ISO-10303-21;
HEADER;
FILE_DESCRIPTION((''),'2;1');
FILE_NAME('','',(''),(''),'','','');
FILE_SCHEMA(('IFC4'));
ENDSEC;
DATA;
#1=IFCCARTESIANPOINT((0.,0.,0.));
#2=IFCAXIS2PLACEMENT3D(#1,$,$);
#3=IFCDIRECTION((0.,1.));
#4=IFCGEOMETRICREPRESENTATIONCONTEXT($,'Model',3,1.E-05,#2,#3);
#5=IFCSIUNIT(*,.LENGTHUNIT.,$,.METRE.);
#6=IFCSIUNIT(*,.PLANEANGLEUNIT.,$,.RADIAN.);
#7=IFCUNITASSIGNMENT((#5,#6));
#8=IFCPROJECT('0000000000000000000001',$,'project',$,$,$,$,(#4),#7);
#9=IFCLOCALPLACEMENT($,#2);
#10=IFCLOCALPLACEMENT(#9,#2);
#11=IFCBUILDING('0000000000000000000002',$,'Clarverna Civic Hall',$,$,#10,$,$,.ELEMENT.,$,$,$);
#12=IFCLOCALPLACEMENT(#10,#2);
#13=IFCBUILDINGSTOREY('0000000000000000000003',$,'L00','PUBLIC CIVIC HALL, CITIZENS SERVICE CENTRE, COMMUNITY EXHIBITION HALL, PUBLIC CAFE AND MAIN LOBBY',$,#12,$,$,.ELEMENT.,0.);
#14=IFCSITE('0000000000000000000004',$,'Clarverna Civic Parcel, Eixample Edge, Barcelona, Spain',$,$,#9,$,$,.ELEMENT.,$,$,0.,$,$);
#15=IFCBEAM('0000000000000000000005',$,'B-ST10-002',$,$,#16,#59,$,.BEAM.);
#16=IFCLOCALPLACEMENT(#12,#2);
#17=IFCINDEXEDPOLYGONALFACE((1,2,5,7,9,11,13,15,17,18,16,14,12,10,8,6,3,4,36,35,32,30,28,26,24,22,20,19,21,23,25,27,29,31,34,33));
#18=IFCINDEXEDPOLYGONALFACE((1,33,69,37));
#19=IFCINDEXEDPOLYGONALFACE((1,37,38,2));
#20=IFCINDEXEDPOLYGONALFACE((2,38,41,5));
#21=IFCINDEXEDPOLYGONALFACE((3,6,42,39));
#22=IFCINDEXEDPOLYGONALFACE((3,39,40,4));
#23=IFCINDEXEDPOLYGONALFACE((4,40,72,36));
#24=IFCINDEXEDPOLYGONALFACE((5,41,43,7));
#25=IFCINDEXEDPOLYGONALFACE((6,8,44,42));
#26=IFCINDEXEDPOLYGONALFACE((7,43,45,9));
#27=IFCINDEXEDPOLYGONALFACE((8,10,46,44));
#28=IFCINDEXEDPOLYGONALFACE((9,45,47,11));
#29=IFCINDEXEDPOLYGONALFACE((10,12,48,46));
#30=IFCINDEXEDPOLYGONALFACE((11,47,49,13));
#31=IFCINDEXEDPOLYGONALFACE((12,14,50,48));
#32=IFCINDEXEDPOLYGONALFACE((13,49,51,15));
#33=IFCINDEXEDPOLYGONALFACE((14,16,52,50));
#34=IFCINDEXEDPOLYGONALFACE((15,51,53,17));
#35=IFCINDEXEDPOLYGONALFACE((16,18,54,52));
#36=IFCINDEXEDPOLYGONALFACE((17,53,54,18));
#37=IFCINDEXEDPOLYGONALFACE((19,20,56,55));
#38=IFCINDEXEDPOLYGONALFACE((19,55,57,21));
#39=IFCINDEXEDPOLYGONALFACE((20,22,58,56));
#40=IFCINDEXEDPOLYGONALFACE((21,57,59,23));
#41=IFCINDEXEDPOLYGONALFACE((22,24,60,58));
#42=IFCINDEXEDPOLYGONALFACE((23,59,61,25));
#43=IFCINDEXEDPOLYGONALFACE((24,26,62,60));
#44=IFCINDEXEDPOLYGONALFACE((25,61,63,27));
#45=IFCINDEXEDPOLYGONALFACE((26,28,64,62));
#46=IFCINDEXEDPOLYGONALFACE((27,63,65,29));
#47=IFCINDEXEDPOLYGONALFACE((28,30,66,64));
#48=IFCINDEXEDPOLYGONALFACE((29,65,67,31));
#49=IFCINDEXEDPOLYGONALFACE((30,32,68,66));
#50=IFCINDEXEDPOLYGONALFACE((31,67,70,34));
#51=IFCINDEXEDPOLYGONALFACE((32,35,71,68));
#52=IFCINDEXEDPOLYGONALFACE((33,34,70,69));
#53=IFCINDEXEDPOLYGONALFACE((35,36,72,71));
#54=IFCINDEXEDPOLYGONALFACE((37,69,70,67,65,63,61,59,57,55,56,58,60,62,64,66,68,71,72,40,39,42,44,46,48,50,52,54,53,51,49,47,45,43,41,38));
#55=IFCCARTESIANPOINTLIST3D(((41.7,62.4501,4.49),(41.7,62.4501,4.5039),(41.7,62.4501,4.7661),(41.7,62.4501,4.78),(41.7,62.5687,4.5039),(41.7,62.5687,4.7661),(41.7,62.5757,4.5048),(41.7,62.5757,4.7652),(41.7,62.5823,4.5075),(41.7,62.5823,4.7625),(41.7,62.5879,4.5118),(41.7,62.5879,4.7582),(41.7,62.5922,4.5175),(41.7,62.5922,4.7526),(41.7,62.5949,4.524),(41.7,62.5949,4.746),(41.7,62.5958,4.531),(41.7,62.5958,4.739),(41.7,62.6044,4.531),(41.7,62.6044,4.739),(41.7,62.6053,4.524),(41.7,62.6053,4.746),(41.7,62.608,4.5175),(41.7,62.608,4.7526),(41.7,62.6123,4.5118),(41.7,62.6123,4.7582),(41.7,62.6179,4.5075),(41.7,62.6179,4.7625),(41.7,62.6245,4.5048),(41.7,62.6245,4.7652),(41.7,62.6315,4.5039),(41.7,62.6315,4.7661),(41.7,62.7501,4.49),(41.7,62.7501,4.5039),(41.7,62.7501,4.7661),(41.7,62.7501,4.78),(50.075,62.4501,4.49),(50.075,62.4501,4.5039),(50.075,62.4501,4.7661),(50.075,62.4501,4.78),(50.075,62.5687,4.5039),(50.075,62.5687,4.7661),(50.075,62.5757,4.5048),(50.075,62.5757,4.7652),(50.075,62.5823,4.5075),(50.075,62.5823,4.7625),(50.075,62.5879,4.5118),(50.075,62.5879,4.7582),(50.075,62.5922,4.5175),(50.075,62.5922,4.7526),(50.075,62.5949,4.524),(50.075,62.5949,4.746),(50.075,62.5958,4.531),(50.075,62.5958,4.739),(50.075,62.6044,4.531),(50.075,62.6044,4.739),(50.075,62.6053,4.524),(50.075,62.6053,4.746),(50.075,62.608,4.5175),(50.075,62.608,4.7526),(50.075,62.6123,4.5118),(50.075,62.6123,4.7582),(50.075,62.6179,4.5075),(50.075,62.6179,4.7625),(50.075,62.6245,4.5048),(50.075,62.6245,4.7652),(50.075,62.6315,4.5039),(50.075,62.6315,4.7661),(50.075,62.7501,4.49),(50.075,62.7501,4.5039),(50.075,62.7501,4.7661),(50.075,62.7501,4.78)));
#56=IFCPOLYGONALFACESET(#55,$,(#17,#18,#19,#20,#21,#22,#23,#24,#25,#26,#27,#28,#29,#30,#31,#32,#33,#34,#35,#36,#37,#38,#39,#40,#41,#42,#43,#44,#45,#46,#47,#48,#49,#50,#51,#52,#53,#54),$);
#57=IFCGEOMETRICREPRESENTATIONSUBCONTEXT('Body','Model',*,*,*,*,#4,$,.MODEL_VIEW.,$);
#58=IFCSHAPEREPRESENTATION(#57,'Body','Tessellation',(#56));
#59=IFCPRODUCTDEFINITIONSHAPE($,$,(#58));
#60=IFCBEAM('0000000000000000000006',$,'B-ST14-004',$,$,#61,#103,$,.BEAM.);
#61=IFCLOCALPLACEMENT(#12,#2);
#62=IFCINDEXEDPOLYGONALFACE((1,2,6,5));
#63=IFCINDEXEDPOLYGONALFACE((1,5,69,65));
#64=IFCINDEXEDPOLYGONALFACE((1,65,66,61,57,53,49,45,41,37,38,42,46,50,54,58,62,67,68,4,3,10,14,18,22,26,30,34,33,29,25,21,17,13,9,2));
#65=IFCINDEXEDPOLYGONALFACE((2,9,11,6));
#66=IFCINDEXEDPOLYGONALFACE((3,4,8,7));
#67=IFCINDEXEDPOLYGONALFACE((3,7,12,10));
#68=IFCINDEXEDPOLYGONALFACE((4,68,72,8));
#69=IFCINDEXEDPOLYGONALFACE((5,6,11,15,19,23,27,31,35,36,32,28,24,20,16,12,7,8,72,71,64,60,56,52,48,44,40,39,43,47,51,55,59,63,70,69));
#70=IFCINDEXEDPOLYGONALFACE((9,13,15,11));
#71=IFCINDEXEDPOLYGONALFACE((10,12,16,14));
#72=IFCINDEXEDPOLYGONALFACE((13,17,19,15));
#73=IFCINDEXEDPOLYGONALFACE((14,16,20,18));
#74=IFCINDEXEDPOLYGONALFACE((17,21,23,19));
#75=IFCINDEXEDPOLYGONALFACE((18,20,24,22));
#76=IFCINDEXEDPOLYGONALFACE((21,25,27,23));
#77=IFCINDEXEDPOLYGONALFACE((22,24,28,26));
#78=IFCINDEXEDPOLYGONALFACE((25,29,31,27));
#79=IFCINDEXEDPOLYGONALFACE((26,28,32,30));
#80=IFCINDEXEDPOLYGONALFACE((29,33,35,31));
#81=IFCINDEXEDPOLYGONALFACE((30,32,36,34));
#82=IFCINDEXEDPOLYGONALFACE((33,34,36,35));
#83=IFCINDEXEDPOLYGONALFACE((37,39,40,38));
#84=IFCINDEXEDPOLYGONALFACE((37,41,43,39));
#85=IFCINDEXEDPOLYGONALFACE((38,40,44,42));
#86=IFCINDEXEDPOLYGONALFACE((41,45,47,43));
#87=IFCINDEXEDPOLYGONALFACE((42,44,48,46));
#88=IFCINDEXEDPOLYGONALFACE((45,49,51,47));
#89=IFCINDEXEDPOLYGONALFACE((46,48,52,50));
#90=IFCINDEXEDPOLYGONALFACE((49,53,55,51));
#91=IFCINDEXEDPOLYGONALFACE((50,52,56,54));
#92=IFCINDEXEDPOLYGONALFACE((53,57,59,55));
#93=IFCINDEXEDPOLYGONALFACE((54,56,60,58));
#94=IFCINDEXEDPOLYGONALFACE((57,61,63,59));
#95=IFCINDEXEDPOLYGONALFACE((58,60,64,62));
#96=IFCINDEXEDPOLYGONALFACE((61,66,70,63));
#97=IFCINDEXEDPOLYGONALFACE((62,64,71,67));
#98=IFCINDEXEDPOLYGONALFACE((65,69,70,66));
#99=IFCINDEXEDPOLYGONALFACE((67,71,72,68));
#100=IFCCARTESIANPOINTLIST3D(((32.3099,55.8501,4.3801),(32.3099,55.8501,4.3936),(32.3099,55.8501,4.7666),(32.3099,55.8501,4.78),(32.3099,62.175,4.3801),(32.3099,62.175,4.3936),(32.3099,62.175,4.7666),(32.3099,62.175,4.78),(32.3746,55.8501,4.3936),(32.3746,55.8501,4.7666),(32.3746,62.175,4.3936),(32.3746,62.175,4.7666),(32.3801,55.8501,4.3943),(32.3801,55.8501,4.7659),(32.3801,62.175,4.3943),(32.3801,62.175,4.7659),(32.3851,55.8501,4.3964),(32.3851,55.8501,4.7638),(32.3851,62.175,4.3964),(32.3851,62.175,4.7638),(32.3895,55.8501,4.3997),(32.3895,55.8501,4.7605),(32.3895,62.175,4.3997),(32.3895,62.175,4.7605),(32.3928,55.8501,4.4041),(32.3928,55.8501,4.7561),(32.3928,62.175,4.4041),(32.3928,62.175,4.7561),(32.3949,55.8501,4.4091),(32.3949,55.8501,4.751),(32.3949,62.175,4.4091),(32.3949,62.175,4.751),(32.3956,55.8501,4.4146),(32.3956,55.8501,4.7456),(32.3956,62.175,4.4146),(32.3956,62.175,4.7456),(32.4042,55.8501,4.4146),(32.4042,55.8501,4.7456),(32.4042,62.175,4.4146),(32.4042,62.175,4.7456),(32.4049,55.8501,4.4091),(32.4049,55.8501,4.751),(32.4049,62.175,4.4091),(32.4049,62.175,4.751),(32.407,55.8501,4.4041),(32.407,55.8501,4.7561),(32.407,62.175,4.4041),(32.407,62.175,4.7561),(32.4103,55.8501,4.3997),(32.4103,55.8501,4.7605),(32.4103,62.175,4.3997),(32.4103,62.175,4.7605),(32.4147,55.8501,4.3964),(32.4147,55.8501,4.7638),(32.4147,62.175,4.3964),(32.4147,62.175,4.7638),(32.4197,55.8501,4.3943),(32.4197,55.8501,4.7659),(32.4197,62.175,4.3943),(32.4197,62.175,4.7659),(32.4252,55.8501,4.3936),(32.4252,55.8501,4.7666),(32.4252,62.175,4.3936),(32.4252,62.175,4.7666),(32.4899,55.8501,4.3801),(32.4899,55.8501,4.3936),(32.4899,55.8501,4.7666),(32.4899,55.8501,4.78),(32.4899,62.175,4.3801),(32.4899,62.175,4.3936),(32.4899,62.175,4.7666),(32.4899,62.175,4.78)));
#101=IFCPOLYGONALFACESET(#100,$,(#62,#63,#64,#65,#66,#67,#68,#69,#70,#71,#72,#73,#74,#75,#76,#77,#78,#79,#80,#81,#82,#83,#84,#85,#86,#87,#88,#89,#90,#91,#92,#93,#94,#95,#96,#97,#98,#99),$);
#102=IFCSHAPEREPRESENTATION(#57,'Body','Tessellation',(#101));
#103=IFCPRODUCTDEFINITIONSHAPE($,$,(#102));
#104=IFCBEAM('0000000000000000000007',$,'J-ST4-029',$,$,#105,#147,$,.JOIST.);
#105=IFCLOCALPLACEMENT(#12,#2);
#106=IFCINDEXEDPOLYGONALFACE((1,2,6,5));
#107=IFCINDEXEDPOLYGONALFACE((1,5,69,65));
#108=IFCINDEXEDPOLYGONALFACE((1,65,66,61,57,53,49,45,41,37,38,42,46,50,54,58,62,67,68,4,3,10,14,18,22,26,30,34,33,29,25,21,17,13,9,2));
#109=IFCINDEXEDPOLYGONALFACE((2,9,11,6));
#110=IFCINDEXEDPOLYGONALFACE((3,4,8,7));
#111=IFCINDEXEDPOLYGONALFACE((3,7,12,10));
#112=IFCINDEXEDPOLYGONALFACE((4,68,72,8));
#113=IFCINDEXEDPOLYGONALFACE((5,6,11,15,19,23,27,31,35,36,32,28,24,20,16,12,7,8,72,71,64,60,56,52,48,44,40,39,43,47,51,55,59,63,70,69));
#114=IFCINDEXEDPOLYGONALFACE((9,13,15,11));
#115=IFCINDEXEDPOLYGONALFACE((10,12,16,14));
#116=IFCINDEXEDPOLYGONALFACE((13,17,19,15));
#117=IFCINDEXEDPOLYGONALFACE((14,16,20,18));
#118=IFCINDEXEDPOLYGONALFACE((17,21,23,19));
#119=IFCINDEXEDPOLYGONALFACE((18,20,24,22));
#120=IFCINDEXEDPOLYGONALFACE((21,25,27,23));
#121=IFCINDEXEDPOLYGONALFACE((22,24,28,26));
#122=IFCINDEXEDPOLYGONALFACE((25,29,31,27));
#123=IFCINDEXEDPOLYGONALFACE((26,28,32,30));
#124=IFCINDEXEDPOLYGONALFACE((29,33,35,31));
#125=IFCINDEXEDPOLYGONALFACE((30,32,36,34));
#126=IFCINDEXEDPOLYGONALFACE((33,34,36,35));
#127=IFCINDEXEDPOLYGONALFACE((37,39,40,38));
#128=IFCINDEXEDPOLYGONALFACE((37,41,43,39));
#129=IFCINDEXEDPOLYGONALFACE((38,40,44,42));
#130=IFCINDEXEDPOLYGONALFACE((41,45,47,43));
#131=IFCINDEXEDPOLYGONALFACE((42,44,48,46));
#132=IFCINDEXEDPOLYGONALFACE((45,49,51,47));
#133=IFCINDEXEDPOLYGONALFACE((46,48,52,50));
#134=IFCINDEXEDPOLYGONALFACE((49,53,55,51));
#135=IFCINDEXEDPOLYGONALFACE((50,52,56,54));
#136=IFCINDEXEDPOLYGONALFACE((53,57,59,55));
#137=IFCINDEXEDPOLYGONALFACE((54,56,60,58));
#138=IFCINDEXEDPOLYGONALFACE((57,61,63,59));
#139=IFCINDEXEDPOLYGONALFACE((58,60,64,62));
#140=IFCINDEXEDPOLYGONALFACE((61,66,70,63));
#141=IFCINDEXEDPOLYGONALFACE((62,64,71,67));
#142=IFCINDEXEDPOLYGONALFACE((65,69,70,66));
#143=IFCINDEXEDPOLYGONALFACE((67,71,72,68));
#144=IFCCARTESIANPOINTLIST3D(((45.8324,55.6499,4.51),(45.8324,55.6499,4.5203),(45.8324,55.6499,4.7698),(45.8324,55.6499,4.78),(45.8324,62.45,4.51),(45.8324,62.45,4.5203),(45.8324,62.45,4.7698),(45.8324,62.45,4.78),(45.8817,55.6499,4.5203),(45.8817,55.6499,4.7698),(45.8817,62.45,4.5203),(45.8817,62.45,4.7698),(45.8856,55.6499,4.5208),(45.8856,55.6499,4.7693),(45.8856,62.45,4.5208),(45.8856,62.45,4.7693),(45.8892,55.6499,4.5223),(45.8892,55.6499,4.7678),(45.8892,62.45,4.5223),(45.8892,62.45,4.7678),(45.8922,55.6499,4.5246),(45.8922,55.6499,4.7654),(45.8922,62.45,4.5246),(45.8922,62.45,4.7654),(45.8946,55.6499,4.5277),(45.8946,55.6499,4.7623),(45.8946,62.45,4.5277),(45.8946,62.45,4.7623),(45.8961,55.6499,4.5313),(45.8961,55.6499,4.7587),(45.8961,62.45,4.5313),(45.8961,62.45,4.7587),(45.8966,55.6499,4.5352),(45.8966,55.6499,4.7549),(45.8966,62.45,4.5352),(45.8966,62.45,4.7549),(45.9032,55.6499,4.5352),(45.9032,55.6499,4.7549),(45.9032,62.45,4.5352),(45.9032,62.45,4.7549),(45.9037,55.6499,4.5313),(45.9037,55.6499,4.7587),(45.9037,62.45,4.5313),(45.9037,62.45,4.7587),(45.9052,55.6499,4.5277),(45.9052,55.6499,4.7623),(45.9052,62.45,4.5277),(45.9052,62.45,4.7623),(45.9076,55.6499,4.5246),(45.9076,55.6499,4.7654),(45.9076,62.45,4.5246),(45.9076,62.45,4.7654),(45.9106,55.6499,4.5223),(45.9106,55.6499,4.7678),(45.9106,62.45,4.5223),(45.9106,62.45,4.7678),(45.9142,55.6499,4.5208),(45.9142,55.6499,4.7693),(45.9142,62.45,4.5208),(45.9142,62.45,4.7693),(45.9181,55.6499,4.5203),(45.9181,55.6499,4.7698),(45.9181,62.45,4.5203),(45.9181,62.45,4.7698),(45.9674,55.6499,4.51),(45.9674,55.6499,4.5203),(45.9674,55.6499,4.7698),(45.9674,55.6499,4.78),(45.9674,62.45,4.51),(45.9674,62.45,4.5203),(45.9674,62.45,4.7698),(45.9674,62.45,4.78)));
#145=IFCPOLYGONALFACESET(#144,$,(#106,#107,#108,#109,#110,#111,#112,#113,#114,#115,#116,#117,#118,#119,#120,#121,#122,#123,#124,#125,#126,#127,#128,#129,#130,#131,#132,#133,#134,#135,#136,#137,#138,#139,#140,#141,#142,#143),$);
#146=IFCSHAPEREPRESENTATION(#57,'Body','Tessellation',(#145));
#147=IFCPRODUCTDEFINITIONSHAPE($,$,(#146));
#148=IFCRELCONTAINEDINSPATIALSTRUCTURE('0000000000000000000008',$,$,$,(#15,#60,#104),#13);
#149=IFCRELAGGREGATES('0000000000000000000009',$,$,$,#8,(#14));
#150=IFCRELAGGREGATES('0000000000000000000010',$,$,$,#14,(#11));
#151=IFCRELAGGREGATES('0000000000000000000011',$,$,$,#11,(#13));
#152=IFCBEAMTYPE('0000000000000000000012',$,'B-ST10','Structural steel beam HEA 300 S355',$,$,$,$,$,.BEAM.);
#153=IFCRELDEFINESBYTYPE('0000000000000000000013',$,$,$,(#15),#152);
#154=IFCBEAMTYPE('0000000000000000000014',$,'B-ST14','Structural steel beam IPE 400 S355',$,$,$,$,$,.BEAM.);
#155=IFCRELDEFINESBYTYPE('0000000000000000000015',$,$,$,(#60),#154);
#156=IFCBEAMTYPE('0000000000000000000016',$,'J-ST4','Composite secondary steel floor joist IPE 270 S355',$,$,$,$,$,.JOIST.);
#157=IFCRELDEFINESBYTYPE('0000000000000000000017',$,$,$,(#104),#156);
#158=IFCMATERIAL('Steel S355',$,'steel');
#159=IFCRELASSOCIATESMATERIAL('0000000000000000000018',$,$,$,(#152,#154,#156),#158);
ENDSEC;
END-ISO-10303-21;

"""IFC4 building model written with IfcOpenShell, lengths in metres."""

from ifc_helpers import new_model, si_unit, direction, frame, origin, origin_2d, place, context, subcontext, project, spatial, i_section, extrude, material, material_profile, profile_set, type_object, element, save


model = new_model("IFC4")

# Units and contexts
model_context = context("Model", 3, precision=1e-05, world=origin(), true_north=direction((0.0, 1.0)))
body_context = subcontext(model_context, "Body", "Model", "MODEL_VIEW")
ifc_project = project(units=[si_unit("LENGTHUNIT", "METRE"), si_unit("PLANEANGLEUNIT", "RADIAN")], contexts=[model_context])

# Site, building, storey
site_placement = place(None, origin())
site = spatial("IfcSite", under=ifc_project, at=site_placement, Name="Clarverna Civic Parcel, Eixample Edge, Barcelona, Spain", CompositionType="ELEMENT", RefElevation=0.0)
building_placement = place(site_placement, origin())
building = spatial("IfcBuilding", under=site, at=building_placement, Name="Clarverna Civic Hall", CompositionType="ELEMENT")
storey_placement = place(building_placement, origin())
storey = spatial("IfcBuildingStorey", under=building, at=storey_placement, Name="L00", Description="PUBLIC CIVIC HALL, CITIZENS SERVICE CENTRE, COMMUNITY EXHIBITION HALL, PUBLIC CAFE AND MAIN LOBBY", CompositionType="ELEMENT", Elevation=0.0)

# Beams
ifc_material_1 = material(Name="Steel S355", Category="steel")
ifc_material_profile_1 = material_profile(ifc_material_1, i_section(OverallWidth=0.3, OverallDepth=0.29, WebThickness=0.0085, FlangeThickness=0.0139, FilletRadius=0.0271, at=origin_2d()), Name="HEA 300")
ifc_profile_set_1 = profile_set([ifc_material_profile_1], Name="Steel S355")
beam_type_1 = type_object("IfcBeamType", Name="B-ST10", Description="Structural steel beam HEA 300 S355", PredefinedType="BEAM", material=ifc_profile_set_1)
beam_1_placement = place(storey_placement, frame((41.7, 62.6001, 4.635), z_axis=(1.0, 0.0, 0.0), x_axis=(0.0, 1.0, 0.0)))
element("IfcBeam", 1, at=beam_1_placement, inside=storey, type_object=beam_type_1, Name="B-ST10-002", PredefinedType="BEAM", context=body_context, shape_type="SweptSolid", body=[
    extrude(i_section(OverallWidth=0.3, OverallDepth=0.29, WebThickness=0.0085, FlangeThickness=0.0139, FilletRadius=0.0271, at=origin_2d()), origin(), (0.0, 0.0, 1.0), 8.375),
])
ifc_material_profile_2 = material_profile(ifc_material_1, i_section(OverallWidth=0.1799, OverallDepth=0.3999, WebThickness=0.0085, FlangeThickness=0.0134, FilletRadius=0.021, at=origin_2d()), Name="IPE 400")
ifc_profile_set_2 = profile_set([ifc_material_profile_2], Name="Steel S355")
beam_type_2 = type_object("IfcBeamType", Name="B-ST14", Description="Structural steel beam IPE 400 S355", PredefinedType="BEAM", material=ifc_profile_set_2)
beam_2_placement = place(storey_placement, frame((32.3999, 55.8501, 4.5801), z_axis=(0.0, 1.0, 0.0), x_axis=(-1.0, 0.0, 0.0)))
element("IfcBeam", 2, at=beam_2_placement, inside=storey, type_object=beam_type_2, Name="B-ST14-004", PredefinedType="BEAM", context=body_context, shape_type="SweptSolid", body=[
    extrude(i_section(OverallWidth=0.1799, OverallDepth=0.3999, WebThickness=0.0085, FlangeThickness=0.0134, FilletRadius=0.021, at=origin_2d()), origin(), (0.0, 0.0, 1.0), 6.325),
])
ifc_material_profile_3 = material_profile(ifc_material_1, i_section(OverallWidth=0.135, OverallDepth=0.27, WebThickness=0.0066, FlangeThickness=0.0103, FilletRadius=0.0149, at=origin_2d()), Name="IPE 270")
ifc_profile_set_3 = profile_set([ifc_material_profile_3], Name="Steel S355")
beam_type_3 = type_object("IfcBeamType", Name="J-ST4", Description="Composite secondary steel floor joist IPE 270 S355", PredefinedType="JOIST", material=ifc_profile_set_3)
beam_3_placement = place(storey_placement, frame((45.8999, 55.6499, 4.645), z_axis=(0.0, 1.0, 0.0), x_axis=(-1.0, 0.0, 0.0)))
element("IfcBeam", 3, at=beam_3_placement, inside=storey, type_object=beam_type_3, Name="J-ST4-029", PredefinedType="JOIST", context=body_context, shape_type="SweptSolid", body=[
    extrude(i_section(OverallWidth=0.135, OverallDepth=0.27, WebThickness=0.0066, FlangeThickness=0.0103, FilletRadius=0.0149, at=origin_2d()), origin(), (0.0, 0.0, 1.0), 6.8),
])

save(model, "model.ifc")
